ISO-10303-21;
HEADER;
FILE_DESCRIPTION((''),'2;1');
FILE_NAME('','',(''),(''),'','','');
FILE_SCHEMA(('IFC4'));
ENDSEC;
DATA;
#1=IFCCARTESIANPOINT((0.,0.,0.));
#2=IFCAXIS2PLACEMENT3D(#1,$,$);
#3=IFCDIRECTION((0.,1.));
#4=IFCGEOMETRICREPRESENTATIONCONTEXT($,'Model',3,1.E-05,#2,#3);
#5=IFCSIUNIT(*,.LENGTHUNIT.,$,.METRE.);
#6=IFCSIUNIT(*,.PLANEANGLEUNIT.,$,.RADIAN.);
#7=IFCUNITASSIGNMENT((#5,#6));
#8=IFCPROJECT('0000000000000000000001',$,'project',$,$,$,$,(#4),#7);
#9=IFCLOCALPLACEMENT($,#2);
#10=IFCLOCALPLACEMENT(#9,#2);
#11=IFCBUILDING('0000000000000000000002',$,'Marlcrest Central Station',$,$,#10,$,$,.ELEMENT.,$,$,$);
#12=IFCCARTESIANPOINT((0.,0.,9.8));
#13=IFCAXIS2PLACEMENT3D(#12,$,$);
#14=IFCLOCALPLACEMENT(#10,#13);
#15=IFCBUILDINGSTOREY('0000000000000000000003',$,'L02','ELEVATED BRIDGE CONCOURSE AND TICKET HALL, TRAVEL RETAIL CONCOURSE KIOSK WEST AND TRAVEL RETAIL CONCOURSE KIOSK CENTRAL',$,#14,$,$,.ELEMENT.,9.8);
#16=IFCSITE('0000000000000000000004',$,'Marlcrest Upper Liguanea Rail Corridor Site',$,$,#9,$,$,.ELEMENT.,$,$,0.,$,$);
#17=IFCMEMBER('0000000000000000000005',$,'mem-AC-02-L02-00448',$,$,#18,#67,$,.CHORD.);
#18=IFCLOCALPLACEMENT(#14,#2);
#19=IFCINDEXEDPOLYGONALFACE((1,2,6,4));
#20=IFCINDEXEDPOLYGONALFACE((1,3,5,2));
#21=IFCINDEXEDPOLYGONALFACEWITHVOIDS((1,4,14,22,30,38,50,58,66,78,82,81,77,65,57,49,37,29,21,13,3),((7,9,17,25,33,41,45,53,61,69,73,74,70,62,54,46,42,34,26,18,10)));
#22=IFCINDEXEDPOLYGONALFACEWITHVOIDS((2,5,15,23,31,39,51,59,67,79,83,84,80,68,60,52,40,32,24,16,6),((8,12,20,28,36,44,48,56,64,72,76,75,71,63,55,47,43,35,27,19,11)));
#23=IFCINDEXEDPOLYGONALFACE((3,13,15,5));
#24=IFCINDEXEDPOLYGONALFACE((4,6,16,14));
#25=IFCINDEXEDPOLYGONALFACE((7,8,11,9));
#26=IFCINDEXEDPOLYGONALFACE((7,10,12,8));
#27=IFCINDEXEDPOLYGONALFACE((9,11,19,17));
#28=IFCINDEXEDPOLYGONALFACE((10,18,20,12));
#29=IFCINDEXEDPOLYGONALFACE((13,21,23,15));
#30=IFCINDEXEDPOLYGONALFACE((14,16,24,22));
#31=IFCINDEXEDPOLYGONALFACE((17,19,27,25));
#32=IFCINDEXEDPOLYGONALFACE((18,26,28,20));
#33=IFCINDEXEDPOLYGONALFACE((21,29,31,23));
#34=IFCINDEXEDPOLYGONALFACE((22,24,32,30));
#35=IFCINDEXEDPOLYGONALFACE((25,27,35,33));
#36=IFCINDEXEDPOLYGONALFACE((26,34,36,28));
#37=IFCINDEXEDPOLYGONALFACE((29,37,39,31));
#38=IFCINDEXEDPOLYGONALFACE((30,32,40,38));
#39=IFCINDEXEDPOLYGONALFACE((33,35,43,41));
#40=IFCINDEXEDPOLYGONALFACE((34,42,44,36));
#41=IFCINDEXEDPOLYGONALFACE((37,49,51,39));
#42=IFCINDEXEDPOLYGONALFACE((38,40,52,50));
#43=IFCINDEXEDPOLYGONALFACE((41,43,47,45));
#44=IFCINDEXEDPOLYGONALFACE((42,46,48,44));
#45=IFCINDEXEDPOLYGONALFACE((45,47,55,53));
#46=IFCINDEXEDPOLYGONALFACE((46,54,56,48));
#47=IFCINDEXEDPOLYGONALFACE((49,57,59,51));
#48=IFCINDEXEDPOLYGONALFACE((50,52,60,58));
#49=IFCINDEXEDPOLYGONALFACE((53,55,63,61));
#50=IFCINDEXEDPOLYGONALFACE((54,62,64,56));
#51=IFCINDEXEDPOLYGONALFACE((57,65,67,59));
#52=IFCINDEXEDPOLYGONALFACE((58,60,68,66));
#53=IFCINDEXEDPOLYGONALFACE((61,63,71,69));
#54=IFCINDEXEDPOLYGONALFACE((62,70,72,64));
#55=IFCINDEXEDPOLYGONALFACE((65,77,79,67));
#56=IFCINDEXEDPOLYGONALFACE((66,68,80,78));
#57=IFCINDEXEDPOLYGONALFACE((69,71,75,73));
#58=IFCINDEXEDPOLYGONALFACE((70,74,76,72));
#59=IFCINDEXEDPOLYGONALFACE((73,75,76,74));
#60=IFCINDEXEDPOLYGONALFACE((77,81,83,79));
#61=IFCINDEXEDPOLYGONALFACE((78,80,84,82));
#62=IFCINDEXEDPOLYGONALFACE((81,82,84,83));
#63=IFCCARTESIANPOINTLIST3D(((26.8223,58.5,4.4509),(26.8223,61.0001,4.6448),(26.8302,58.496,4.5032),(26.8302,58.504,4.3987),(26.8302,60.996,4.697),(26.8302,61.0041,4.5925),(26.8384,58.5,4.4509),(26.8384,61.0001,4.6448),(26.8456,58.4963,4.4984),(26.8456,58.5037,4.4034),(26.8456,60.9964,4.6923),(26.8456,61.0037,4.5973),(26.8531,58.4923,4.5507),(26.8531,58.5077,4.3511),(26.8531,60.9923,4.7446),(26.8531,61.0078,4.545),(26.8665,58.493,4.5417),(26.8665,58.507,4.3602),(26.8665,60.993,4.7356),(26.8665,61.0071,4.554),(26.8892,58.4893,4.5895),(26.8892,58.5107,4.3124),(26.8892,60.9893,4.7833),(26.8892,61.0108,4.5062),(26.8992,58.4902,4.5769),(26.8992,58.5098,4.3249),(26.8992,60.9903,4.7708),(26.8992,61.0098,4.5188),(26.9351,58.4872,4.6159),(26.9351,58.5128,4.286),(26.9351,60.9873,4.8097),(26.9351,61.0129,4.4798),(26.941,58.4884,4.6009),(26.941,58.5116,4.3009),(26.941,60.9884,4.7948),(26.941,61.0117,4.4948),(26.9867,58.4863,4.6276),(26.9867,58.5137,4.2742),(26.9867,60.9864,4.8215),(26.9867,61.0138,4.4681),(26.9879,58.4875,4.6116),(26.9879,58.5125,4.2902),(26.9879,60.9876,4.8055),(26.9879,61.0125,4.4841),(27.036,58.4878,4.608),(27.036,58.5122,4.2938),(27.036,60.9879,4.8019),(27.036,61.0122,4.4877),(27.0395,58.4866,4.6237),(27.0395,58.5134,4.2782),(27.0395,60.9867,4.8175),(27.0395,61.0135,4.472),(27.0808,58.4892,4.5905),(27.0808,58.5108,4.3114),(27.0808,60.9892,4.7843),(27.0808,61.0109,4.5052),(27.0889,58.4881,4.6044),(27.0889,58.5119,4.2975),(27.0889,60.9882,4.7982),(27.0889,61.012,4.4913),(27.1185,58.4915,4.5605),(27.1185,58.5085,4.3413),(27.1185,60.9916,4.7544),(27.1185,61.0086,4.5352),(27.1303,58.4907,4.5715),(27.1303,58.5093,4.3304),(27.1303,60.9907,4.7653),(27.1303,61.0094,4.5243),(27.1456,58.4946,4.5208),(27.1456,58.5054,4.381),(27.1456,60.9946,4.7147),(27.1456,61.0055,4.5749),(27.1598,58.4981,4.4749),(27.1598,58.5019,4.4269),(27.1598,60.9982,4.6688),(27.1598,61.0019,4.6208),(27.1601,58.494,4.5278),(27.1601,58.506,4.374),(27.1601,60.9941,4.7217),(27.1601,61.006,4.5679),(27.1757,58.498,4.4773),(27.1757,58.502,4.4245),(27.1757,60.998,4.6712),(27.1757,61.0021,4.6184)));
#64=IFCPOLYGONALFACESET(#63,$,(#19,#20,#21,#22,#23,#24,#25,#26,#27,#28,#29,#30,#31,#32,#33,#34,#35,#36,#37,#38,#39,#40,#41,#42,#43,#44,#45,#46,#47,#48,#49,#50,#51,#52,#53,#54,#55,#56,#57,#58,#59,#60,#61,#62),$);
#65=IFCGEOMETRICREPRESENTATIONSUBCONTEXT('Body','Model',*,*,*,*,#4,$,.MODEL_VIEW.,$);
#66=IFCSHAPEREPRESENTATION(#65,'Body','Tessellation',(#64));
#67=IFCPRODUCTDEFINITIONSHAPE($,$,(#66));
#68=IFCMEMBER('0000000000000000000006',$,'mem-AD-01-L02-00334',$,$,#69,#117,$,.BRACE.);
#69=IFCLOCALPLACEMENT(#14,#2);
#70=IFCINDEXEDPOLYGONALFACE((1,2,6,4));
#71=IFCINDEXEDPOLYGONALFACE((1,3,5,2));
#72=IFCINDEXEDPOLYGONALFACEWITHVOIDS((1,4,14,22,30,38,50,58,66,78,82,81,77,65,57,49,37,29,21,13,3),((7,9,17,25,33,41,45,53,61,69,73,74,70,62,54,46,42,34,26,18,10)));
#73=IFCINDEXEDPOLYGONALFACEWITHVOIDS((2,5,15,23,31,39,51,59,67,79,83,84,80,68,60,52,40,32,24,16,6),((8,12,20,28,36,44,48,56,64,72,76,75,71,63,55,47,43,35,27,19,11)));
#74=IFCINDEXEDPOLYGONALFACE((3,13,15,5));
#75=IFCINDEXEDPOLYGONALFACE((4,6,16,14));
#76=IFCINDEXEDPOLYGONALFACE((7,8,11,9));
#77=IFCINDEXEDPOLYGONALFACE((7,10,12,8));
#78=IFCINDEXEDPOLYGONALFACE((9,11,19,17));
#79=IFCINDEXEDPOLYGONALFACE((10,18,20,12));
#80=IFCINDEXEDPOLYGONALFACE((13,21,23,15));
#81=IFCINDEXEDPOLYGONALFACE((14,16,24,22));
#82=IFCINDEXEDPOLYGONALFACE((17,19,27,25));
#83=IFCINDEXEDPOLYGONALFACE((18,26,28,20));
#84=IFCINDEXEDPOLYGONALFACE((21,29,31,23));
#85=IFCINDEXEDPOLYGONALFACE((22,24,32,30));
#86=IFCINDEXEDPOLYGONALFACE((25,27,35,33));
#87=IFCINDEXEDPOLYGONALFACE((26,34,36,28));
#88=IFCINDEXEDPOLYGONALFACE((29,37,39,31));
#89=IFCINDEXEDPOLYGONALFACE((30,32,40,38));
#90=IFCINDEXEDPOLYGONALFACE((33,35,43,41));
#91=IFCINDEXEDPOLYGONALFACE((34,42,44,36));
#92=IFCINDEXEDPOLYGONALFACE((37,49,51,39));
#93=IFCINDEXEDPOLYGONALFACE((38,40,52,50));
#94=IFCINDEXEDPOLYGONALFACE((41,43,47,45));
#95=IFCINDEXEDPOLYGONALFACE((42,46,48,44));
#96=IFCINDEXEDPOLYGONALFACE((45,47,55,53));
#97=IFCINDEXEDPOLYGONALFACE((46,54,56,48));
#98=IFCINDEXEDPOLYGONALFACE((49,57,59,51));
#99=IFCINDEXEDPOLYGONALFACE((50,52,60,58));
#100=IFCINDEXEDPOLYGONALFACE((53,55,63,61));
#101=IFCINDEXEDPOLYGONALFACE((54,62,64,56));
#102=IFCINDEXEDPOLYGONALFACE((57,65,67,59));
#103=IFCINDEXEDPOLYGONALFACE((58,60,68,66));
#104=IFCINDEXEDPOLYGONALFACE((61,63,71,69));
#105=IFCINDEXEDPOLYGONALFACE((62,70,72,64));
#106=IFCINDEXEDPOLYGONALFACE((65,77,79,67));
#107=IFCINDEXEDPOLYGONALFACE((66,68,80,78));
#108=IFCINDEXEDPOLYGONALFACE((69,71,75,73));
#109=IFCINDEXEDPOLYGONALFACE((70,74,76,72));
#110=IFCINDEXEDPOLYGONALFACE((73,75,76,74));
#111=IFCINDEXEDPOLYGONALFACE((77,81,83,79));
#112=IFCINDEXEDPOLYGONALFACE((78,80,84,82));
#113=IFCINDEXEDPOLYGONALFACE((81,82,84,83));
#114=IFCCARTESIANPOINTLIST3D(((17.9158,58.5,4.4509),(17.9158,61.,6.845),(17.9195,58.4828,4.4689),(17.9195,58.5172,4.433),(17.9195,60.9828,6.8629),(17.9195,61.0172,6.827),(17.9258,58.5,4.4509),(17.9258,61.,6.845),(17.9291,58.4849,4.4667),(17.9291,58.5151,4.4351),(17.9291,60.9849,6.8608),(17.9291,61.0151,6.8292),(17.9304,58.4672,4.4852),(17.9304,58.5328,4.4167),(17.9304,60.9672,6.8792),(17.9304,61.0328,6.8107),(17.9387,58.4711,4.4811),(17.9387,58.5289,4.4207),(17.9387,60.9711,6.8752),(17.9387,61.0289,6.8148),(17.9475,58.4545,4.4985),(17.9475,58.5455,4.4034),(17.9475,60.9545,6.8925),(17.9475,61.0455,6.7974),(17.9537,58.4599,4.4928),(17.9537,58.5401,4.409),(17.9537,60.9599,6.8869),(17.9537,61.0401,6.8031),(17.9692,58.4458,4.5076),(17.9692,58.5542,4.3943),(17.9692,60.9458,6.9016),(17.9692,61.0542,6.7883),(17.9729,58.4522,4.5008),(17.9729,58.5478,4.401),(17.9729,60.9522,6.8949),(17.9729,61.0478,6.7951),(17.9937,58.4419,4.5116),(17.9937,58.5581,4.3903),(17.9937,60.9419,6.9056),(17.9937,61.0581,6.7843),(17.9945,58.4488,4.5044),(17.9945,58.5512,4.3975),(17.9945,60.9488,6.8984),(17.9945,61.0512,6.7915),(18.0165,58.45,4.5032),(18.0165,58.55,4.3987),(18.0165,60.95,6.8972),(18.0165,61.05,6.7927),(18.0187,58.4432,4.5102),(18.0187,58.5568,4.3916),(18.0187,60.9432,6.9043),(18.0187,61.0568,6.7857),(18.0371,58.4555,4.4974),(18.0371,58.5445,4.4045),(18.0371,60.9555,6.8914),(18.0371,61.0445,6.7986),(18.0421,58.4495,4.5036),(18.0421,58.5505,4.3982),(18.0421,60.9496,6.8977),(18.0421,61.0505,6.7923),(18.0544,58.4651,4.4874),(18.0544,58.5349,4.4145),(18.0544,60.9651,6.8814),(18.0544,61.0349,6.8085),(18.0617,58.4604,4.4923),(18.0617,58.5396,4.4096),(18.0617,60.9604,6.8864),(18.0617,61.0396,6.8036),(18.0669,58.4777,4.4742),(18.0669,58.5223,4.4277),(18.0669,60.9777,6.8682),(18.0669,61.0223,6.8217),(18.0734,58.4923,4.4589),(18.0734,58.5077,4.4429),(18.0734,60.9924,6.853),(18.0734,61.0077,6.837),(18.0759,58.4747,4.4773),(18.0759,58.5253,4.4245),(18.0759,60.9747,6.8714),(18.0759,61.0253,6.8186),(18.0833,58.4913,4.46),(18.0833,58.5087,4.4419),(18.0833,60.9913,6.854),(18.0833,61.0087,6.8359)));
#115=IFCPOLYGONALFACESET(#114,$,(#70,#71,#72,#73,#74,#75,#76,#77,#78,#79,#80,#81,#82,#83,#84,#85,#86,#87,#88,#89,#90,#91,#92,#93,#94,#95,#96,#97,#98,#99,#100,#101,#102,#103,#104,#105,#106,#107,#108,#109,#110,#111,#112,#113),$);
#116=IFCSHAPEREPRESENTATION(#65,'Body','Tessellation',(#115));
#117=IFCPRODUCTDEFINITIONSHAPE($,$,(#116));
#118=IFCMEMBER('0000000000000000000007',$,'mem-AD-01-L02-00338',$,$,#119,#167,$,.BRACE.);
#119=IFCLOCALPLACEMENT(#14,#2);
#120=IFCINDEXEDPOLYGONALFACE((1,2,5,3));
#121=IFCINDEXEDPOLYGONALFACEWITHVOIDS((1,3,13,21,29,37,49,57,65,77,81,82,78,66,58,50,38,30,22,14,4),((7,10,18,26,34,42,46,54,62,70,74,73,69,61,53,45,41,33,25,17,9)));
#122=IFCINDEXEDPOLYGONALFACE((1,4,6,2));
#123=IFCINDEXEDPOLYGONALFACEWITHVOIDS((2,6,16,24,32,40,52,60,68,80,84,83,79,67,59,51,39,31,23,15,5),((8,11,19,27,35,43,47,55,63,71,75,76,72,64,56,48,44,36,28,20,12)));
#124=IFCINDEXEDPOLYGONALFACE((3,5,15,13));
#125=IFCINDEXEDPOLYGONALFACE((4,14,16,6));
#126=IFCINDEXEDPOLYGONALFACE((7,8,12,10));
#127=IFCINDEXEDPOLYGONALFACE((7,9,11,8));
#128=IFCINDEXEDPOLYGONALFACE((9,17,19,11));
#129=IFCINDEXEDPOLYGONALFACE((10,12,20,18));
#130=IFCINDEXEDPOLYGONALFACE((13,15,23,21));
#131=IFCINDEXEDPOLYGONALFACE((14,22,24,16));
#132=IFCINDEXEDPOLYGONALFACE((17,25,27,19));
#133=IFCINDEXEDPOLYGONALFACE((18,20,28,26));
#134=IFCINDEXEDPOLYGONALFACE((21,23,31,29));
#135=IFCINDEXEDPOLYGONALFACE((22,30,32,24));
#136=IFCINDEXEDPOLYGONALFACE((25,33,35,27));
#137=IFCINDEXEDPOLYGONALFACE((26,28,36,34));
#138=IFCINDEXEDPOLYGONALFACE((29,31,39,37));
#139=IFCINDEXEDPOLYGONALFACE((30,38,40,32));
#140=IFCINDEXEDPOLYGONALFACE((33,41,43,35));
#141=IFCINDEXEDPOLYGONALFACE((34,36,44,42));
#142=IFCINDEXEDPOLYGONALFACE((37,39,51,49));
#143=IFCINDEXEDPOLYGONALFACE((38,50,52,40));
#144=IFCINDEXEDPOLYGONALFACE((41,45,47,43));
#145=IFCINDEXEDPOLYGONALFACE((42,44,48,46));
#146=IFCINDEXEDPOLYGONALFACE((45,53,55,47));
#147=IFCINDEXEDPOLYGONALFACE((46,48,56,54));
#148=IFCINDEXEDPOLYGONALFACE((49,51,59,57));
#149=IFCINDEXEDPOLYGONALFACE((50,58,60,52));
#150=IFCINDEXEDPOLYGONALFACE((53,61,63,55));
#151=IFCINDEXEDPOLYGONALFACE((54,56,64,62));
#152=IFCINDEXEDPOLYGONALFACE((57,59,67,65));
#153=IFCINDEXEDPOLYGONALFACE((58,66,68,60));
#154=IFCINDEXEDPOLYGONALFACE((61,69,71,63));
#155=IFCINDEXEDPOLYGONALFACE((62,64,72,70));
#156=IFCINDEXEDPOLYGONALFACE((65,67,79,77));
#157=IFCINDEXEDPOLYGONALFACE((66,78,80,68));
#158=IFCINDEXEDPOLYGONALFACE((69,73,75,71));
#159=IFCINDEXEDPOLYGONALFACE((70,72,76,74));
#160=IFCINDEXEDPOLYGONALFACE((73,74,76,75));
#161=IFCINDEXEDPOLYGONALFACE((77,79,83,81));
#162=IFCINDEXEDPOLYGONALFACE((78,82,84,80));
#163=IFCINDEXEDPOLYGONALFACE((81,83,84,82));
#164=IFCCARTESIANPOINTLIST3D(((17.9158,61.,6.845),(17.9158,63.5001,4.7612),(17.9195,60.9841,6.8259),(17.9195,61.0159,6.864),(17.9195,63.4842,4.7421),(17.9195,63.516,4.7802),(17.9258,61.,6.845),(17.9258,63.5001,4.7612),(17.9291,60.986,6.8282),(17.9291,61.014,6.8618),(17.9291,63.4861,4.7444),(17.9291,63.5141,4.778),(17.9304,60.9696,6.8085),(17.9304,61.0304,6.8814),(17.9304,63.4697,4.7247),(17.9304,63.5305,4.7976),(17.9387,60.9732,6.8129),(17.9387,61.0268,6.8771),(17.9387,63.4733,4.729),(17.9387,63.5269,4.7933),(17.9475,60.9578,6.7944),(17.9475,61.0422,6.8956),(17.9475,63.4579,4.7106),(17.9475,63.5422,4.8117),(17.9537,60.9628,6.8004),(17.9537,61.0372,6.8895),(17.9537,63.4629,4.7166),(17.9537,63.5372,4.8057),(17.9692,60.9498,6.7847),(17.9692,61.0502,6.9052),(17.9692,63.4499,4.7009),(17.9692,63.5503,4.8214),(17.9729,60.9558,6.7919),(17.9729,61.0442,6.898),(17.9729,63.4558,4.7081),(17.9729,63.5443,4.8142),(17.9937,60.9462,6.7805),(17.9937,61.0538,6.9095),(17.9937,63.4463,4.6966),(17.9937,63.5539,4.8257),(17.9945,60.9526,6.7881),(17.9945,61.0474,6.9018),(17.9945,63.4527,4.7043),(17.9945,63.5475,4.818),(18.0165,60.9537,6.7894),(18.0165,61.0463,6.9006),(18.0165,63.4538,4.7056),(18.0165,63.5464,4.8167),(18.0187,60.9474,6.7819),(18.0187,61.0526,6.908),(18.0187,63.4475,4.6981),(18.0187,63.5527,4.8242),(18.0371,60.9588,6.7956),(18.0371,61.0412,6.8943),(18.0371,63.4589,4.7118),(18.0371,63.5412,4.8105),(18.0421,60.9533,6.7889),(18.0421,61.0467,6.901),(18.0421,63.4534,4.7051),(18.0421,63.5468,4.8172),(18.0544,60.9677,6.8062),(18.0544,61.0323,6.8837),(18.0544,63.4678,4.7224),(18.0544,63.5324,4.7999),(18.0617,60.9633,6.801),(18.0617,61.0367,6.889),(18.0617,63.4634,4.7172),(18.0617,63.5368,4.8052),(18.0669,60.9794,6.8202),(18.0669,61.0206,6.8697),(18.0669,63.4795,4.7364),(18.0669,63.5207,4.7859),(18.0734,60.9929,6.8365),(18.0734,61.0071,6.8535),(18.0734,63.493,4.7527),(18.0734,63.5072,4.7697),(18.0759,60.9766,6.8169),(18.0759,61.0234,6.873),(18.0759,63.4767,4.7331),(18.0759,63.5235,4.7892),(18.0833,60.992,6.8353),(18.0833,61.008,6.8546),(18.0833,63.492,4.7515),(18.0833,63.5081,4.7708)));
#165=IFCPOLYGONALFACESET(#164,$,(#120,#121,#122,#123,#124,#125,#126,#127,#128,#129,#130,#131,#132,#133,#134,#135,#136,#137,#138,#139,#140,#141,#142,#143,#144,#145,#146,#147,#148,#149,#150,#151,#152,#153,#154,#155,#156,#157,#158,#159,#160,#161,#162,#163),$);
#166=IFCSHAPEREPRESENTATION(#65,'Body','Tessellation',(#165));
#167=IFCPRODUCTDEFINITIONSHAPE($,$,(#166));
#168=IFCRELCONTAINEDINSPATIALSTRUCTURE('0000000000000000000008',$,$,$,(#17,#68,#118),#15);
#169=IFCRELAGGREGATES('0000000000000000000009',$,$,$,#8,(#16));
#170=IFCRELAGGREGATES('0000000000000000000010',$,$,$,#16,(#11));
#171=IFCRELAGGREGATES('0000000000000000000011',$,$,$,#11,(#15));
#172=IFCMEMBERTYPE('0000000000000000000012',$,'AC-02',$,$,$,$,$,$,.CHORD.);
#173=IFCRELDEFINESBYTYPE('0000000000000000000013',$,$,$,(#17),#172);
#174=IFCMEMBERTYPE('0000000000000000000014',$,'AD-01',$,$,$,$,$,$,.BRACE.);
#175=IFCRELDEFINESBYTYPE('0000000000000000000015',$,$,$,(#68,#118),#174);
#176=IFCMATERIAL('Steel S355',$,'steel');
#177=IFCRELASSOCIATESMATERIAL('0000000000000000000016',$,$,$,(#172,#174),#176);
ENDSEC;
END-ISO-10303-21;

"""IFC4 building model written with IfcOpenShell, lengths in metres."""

from ifc_helpers import new_model, si_unit, direction, frame, origin, origin_2d, place, context, subcontext, project, spatial, hollow_circle, extrude, material, material_profile, profile_set, type_object, element, save


model = new_model("IFC4")

# Units and contexts
model_context = context("Model", 3, precision=1e-05, world=origin(), true_north=direction((0.0, 1.0)))
body_context = subcontext(model_context, "Body", "Model", "MODEL_VIEW")
ifc_project = project(units=[si_unit("LENGTHUNIT", "METRE"), si_unit("PLANEANGLEUNIT", "RADIAN")], contexts=[model_context])

# Site, building, storey
site_placement = place(None, origin())
site = spatial("IfcSite", under=ifc_project, at=site_placement, Name="Marlcrest Upper Liguanea Rail Corridor Site", CompositionType="ELEMENT", RefElevation=0.0)
building_placement = place(site_placement, origin())
building = spatial("IfcBuilding", under=site, at=building_placement, Name="Marlcrest Central Station", CompositionType="ELEMENT")
storey_placement = place(building_placement, frame((0.0, 0.0, 9.8)))
storey = spatial("IfcBuildingStorey", under=building, at=storey_placement, Name="L02", Description="ELEVATED BRIDGE CONCOURSE AND TICKET HALL, TRAVEL RETAIL CONCOURSE KIOSK WEST AND TRAVEL RETAIL CONCOURSE KIOSK CENTRAL", CompositionType="ELEMENT", Elevation=9.8)

# Members
ifc_material = material(Name="Steel S355", Category="steel")
ifc_material_profile_1 = material_profile(ifc_material, hollow_circle(Radius=0.1777, WallThickness=0.0161, at=origin_2d()), Name="CHS 355.6x16")
ifc_profile_set_1 = profile_set([ifc_material_profile_1], Name="Steel S355")
member_type_1 = type_object("IfcMemberType", Name="AC-02", PredefinedType="CHORD", material=ifc_profile_set_1)
member_1_placement = place(storey_placement, frame((27.0, 58.5, 4.4509), z_axis=(0.0, 0.997007, 0.077307), x_axis=(-1.0, 0.0, 0.0)))
element("IfcMember", 1, at=member_1_placement, inside=storey, type_object=member_type_1, Name="mem-AC-02-L02-00448", PredefinedType="CHORD", context=body_context, shape_type="SweptSolid", body=[
    extrude(hollow_circle(Radius=0.1777, WallThickness=0.0161, at=origin_2d()), origin(), (0.0, 0.0, 1.0), 2.5076),
])
ifc_material_profile_2 = material_profile(ifc_material, hollow_circle(Radius=0.0842, WallThickness=0.01, at=origin_2d()), Name="CHS 168.3x10")
ifc_profile_set_2 = profile_set([ifc_material_profile_2], Name="Steel S355")
member_type_2 = type_object("IfcMemberType", Name="AD-01", PredefinedType="BRACE", material=ifc_profile_set_2)
member_2_placement = place(storey_placement, frame((18.0, 58.5, 4.4509), z_axis=(0.0, 0.722247, 0.691636), x_axis=(-1.0, 0.0, 0.0)))
element("IfcMember", 2, at=member_2_placement, inside=storey, type_object=member_type_2, Name="mem-AD-01-L02-00334", PredefinedType="BRACE", context=body_context, shape_type="SweptSolid", body=[
    extrude(hollow_circle(Radius=0.0842, WallThickness=0.01, at=origin_2d()), origin(), (0.0, 0.0, 1.0), 3.4614),
])
member_3_placement = place(storey_placement, frame((18.0, 61.0, 6.845), z_axis=(0.0, 0.76816, -0.640258), x_axis=(-1.0, 0.0, 0.0)))
element("IfcMember", 3, at=member_3_placement, inside=storey, type_object=member_type_2, Name="mem-AD-01-L02-00338", PredefinedType="BRACE", context=body_context, shape_type="SweptSolid", body=[
    extrude(hollow_circle(Radius=0.0842, WallThickness=0.01, at=origin_2d()), origin(), (0.0, 0.0, 1.0), 3.2546),
])

save(model, "model.ifc")
